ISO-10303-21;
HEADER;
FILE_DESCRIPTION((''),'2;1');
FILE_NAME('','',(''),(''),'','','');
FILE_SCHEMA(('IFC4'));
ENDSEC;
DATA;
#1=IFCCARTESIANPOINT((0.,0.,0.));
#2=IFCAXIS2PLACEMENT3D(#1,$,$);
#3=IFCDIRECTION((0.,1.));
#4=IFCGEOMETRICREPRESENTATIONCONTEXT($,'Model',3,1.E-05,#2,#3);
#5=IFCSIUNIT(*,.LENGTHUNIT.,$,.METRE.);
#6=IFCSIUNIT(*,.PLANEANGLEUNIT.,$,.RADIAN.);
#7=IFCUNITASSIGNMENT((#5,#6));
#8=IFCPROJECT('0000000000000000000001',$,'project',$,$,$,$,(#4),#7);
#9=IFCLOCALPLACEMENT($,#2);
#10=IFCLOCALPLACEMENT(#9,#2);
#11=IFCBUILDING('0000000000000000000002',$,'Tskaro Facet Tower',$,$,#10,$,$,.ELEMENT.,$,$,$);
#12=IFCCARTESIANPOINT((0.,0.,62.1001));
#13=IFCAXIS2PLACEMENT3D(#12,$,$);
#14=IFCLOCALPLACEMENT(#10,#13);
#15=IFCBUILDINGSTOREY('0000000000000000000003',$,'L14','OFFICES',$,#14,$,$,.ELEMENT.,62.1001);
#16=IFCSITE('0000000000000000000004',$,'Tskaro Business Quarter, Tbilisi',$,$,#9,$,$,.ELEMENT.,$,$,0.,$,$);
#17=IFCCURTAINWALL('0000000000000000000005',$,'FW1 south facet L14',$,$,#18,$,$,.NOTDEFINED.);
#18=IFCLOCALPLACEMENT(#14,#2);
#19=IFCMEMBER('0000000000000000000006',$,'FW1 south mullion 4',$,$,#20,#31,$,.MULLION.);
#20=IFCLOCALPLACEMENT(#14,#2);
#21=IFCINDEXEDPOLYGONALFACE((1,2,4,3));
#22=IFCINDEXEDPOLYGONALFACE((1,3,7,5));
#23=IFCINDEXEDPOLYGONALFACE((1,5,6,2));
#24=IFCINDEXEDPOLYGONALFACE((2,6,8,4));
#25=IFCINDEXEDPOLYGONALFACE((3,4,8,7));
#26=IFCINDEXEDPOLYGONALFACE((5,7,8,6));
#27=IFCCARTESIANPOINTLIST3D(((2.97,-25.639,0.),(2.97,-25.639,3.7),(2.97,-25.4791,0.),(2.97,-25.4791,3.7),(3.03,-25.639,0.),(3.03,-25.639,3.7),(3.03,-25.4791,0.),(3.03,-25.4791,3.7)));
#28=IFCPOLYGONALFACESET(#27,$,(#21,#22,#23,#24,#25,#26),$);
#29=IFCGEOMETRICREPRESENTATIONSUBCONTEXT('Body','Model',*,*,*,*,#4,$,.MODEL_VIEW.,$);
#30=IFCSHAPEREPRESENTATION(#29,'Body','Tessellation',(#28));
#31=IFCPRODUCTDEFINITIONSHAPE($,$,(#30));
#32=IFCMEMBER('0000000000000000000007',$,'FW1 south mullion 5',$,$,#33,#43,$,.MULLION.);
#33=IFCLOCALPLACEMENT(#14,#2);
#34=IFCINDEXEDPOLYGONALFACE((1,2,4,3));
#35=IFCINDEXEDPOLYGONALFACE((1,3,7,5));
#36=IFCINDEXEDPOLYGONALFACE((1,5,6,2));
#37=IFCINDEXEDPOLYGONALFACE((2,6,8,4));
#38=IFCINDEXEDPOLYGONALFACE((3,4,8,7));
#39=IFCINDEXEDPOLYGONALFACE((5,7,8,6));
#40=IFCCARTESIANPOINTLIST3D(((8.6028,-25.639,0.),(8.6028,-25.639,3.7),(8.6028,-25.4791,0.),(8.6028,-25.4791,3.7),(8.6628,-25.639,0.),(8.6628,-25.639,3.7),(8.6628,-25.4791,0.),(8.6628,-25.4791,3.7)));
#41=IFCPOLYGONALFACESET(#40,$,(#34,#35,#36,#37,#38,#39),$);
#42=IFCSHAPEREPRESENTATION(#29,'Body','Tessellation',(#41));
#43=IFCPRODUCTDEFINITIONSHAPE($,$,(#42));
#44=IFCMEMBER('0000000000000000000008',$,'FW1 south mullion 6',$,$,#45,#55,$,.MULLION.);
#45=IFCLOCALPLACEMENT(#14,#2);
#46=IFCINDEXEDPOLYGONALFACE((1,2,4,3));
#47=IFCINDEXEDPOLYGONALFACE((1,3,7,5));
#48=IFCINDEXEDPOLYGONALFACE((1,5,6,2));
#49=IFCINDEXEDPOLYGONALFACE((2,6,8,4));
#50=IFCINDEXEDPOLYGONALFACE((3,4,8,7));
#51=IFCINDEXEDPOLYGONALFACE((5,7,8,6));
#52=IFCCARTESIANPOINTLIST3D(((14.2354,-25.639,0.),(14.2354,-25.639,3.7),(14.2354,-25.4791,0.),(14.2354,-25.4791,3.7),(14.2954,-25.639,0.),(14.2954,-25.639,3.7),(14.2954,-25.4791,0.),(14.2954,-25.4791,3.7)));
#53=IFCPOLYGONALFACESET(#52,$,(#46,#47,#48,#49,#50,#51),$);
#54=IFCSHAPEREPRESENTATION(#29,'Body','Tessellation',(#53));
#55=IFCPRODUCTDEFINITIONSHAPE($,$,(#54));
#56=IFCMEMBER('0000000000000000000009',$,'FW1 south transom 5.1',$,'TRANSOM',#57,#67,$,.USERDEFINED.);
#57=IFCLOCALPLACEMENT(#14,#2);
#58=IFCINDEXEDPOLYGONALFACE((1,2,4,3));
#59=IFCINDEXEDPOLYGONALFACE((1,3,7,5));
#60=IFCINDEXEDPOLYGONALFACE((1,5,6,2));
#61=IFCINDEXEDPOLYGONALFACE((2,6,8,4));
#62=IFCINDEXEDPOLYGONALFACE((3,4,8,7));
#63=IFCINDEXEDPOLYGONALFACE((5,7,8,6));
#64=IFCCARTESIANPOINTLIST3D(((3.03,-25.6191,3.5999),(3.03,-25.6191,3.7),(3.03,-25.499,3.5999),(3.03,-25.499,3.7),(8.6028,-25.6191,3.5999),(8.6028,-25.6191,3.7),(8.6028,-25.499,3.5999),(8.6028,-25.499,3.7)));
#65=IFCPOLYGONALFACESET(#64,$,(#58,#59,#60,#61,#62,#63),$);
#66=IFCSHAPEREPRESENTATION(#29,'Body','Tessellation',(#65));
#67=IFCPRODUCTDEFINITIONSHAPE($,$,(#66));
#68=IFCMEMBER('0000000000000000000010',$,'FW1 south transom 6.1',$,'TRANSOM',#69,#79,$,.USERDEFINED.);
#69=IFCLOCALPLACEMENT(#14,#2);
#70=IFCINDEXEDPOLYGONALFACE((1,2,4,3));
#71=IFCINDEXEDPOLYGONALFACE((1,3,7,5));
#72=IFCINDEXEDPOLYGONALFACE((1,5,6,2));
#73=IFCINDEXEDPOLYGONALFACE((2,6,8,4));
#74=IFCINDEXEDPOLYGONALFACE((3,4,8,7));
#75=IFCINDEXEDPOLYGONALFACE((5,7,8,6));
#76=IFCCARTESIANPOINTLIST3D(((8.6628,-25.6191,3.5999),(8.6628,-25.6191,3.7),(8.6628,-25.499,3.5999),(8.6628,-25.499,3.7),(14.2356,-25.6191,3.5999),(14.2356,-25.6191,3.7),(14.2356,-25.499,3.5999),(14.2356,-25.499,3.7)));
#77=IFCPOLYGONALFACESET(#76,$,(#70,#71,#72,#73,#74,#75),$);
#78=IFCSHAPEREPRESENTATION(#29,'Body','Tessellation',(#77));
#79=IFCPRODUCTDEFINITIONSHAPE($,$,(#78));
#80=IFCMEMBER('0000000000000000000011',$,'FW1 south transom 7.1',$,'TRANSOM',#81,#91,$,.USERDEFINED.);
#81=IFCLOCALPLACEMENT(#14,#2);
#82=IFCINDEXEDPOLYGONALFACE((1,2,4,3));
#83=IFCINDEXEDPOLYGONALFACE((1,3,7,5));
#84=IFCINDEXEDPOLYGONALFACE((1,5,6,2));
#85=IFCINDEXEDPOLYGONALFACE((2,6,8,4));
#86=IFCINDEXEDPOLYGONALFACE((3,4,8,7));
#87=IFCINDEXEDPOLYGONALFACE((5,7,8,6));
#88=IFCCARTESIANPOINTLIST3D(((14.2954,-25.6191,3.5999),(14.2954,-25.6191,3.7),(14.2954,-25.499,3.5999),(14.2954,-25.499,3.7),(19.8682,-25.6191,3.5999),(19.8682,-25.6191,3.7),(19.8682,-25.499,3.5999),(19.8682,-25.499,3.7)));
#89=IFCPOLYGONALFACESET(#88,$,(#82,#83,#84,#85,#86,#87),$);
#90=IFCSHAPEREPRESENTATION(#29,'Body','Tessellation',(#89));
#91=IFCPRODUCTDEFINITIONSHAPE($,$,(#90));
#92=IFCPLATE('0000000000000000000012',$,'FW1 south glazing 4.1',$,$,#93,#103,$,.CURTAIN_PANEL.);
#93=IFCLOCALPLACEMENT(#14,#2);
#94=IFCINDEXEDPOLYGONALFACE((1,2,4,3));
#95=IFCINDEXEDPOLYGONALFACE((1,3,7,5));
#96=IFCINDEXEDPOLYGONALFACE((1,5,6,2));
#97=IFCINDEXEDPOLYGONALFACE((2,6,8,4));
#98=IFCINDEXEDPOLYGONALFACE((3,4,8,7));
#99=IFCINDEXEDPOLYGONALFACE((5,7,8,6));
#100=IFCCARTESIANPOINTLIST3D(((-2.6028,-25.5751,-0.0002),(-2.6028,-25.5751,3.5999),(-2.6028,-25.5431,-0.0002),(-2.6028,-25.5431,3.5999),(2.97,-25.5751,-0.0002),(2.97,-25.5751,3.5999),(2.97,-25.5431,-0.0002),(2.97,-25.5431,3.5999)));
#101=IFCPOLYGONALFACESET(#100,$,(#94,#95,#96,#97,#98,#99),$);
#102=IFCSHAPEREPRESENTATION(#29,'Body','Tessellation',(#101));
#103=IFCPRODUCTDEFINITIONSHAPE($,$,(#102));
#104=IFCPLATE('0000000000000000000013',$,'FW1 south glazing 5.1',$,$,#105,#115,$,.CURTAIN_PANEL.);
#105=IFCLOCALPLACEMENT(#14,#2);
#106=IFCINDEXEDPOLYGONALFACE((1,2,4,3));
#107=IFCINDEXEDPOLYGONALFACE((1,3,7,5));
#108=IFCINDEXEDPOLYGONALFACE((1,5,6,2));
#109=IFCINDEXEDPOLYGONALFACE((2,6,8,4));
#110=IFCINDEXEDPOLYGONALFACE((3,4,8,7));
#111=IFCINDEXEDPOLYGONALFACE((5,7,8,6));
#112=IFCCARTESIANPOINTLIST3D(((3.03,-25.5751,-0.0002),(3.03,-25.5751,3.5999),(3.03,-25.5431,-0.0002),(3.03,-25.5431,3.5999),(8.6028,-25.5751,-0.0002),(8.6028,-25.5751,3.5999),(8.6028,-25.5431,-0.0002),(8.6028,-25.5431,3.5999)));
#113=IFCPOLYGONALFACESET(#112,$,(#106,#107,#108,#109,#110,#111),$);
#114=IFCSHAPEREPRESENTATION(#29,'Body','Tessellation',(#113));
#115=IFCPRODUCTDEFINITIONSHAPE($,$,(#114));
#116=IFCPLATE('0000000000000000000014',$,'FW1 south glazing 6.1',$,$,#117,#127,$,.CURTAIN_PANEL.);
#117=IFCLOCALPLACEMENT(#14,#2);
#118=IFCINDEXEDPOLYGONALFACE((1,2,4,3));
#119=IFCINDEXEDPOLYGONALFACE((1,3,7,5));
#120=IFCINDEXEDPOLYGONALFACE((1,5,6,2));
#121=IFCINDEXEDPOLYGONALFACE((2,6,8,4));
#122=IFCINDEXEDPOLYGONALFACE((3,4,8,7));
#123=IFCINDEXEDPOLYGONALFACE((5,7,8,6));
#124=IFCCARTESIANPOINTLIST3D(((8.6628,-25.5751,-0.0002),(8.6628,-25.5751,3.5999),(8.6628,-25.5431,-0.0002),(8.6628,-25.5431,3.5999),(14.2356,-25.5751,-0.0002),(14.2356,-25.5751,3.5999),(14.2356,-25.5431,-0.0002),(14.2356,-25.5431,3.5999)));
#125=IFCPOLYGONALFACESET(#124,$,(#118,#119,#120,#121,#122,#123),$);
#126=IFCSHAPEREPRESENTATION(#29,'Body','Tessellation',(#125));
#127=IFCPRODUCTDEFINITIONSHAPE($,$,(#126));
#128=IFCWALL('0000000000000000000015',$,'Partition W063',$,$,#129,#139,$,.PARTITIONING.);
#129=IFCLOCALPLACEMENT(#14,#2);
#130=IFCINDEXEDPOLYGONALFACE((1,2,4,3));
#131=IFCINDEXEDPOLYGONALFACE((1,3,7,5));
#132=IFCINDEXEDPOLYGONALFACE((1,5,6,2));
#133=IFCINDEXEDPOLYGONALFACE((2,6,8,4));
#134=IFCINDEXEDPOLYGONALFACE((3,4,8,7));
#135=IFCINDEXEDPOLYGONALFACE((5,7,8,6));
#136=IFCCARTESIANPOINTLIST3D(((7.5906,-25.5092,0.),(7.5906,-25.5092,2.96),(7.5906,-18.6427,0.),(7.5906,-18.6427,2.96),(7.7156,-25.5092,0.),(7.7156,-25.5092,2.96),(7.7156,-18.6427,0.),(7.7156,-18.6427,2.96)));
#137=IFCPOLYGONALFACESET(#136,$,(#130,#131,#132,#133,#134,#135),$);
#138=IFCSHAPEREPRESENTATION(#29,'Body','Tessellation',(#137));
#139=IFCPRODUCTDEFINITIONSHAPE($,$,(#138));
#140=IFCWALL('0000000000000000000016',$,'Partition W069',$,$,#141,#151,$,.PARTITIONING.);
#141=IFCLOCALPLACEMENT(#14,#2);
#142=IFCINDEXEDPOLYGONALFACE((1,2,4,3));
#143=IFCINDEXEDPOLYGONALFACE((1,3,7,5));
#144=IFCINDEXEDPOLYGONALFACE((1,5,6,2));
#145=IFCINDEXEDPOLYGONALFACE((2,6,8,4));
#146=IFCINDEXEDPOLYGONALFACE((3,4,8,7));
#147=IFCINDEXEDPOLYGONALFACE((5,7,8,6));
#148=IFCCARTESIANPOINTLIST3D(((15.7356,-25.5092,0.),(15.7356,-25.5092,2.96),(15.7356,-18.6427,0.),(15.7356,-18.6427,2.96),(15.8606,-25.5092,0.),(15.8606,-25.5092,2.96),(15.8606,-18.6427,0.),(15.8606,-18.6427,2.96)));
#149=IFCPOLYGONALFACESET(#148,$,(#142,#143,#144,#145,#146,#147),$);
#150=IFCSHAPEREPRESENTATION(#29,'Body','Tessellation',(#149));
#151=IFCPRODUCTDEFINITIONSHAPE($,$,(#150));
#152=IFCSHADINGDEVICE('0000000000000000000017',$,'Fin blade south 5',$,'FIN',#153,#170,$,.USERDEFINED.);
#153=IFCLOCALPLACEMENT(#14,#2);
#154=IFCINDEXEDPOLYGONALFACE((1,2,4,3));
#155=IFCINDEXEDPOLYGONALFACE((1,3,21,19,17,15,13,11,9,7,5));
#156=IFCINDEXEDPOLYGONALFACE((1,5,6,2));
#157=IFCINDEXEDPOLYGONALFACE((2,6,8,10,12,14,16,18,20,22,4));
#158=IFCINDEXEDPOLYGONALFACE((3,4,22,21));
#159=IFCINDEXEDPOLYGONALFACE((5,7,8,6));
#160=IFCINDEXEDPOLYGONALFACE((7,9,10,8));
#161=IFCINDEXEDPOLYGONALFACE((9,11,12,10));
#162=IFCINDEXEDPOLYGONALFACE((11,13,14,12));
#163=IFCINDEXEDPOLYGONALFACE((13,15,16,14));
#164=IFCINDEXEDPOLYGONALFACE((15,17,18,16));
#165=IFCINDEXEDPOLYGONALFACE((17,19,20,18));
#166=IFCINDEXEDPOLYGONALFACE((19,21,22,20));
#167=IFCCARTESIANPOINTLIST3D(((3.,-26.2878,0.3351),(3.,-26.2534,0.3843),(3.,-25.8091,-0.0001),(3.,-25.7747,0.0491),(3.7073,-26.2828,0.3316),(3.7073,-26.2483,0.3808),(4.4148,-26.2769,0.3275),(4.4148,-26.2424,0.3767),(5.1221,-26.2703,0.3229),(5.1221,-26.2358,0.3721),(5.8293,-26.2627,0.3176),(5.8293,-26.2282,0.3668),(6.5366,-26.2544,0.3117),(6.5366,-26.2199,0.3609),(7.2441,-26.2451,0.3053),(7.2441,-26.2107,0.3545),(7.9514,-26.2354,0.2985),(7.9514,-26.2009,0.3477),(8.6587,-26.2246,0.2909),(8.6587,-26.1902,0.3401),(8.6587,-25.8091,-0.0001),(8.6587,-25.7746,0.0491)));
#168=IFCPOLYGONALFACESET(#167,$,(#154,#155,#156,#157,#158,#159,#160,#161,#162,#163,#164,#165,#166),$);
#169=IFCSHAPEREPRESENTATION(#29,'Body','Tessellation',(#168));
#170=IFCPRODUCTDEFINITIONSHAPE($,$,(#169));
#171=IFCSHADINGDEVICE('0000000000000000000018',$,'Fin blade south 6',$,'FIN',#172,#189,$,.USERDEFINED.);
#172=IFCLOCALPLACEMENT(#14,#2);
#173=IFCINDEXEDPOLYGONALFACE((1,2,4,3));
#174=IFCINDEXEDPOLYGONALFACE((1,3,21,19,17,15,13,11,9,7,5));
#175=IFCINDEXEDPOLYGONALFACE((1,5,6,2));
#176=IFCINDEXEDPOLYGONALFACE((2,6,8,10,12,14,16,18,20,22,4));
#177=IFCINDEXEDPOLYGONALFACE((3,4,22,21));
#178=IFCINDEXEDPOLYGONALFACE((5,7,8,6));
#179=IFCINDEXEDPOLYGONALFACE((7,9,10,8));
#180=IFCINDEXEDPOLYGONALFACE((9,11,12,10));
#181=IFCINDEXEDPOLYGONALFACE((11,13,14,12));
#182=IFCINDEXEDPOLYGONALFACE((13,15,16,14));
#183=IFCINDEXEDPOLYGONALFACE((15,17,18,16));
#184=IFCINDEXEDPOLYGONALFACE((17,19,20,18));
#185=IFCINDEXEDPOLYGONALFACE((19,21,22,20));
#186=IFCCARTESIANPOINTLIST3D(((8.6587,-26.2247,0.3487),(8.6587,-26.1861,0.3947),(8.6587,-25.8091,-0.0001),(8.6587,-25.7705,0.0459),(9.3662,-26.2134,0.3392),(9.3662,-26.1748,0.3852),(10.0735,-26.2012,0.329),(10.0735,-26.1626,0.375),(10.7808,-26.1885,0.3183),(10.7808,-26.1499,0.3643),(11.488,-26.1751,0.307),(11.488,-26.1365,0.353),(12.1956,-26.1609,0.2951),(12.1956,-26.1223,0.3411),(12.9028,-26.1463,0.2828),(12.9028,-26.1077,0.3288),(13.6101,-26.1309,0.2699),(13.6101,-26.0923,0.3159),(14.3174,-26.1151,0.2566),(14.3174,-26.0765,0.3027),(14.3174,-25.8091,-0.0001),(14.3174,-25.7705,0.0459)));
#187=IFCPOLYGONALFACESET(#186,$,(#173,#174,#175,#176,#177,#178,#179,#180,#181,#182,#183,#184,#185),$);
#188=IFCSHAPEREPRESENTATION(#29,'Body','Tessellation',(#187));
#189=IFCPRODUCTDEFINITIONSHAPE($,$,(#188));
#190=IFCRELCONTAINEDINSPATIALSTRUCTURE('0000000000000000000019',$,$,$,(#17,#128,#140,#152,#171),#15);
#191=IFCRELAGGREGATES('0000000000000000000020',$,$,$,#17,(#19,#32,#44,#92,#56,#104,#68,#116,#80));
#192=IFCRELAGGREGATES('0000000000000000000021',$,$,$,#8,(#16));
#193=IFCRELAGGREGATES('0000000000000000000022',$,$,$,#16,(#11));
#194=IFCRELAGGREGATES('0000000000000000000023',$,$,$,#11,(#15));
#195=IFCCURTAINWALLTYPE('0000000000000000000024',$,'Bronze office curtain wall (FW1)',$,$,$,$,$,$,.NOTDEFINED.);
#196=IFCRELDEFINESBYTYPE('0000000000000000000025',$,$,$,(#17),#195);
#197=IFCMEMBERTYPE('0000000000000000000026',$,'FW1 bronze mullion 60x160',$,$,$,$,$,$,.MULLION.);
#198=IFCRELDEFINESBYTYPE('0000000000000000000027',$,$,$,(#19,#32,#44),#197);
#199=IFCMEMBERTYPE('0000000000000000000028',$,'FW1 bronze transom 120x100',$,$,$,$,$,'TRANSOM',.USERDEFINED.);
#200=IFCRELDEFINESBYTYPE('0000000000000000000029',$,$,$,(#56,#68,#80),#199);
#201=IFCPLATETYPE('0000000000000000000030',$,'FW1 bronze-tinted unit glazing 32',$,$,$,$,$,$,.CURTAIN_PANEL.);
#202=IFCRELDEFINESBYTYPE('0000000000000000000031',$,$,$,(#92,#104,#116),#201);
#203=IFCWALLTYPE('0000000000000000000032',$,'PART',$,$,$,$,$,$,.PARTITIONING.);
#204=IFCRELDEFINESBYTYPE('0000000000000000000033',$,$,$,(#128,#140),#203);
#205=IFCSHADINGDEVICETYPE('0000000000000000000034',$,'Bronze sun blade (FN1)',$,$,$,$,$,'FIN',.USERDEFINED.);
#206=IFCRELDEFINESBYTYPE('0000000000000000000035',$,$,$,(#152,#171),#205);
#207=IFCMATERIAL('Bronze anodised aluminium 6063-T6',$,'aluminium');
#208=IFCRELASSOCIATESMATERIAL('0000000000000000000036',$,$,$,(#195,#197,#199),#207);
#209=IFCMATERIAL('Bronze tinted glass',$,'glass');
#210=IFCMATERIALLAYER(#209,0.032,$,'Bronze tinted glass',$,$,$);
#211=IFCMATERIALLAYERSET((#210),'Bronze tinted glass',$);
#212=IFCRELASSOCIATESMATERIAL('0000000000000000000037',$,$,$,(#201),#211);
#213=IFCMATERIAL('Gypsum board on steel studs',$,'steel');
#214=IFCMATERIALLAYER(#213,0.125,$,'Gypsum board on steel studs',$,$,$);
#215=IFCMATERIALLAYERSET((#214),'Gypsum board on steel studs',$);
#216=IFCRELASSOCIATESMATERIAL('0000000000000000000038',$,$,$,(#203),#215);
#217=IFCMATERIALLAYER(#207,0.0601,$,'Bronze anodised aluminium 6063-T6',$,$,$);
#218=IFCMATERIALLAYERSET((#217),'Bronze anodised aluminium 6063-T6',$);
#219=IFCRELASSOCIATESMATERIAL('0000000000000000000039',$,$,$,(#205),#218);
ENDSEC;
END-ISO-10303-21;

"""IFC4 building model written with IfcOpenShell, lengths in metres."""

from ifc_helpers import new_model, si_unit, direction, frame, frame_2d, origin, origin_2d, place, context, subcontext, project, spatial, polyline, rectangle, outline, extrude, material, layer, layer_set, material_profile, profile_set, type_object, element, aggregate, save


model = new_model("IFC4")

# Units and contexts
model_context = context("Model", 3, precision=1e-05, world=origin(), true_north=direction((0.0, 1.0)))
body_context = subcontext(model_context, "Body", "Model", "MODEL_VIEW")
ifc_project = project(units=[si_unit("LENGTHUNIT", "METRE"), si_unit("PLANEANGLEUNIT", "RADIAN")], contexts=[model_context])

# Site, building, storey
site_placement = place(None, origin())
site = spatial("IfcSite", under=ifc_project, at=site_placement, Name="Tskaro Business Quarter, Tbilisi", CompositionType="ELEMENT", RefElevation=0.0)
building_placement = place(site_placement, origin())
building = spatial("IfcBuilding", under=site, at=building_placement, Name="Tskaro Facet Tower", CompositionType="ELEMENT")
storey_placement = place(building_placement, frame((0.0, 0.0, 62.1001)))
storey = spatial("IfcBuildingStorey", under=building, at=storey_placement, Name="L14", Description="OFFICES", CompositionType="ELEMENT", Elevation=62.1001)

# Curtain wall, members, plates
ifc_material_1 = material(Name="Bronze anodised aluminium 6063-T6", Category="aluminium")
curtain_wall_type = type_object("IfcCurtainWallType", Name="Bronze office curtain wall (FW1)", PredefinedType="NOTDEFINED", material=ifc_material_1)
curtain_wall_placement = place(storey_placement, origin())
curtain_wall = element("IfcCurtainWall", 1, at=curtain_wall_placement, inside=storey, type_object=curtain_wall_type, Name="FW1 south facet L14", PredefinedType="NOTDEFINED")
ifc_material_profile_1 = material_profile(ifc_material_1, rectangle(XDim=0.0601, YDim=0.1599, at=origin_2d()), Name="Mullion 60x160")
ifc_profile_set_1 = profile_set([ifc_material_profile_1], Name="Bronze anodised aluminium 6063-T6")
member_type_1 = type_object("IfcMemberType", Name="FW1 bronze mullion 60x160", PredefinedType="MULLION", material=ifc_profile_set_1)
member_1_placement = place(storey_placement, frame((3.0, -25.5591, 0.0), z_axis=(0.0, 0.0, 1.0), x_axis=(1.0, 0.0, 0.0)))
member_1 = element("IfcMember", 2, at=member_1_placement, type_object=member_type_1, Name="FW1 south mullion 4", PredefinedType="MULLION", context=body_context, shape_type="SweptSolid", body=[
    extrude(rectangle(XDim=0.0601, YDim=0.1599, at=origin_2d()), origin(), (0.0, 0.0, 1.0), 3.7),
])
member_2_placement = place(storey_placement, frame((8.6328, -25.5591, 0.0), z_axis=(0.0, 0.0, 1.0), x_axis=(1.0, 0.0, 0.0)))
member_2 = element("IfcMember", 3, at=member_2_placement, type_object=member_type_1, Name="FW1 south mullion 5", PredefinedType="MULLION", context=body_context, shape_type="SweptSolid", body=[
    extrude(rectangle(XDim=0.0601, YDim=0.1599, at=origin_2d()), origin(), (0.0, 0.0, 1.0), 3.7),
])
member_3_placement = place(storey_placement, frame((14.2654, -25.5591, 0.0), z_axis=(0.0, 0.0, 1.0), x_axis=(1.0, 0.0, 0.0)))
member_3 = element("IfcMember", 4, at=member_3_placement, type_object=member_type_1, Name="FW1 south mullion 6", PredefinedType="MULLION", context=body_context, shape_type="SweptSolid", body=[
    extrude(rectangle(XDim=0.0601, YDim=0.1599, at=origin_2d()), origin(), (0.0, 0.0, 1.0), 3.7),
])
ifc_material_profile_2 = material_profile(ifc_material_1, rectangle(XDim=0.1201, YDim=0.1001, at=origin_2d()), Name="Transom 120x100")
ifc_profile_set_2 = profile_set([ifc_material_profile_2], Name="Bronze anodised aluminium 6063-T6")
member_type_2 = type_object("IfcMemberType", Name="FW1 bronze transom 120x100", ElementType="TRANSOM", PredefinedType="USERDEFINED", material=ifc_profile_set_2)
member_4_placement = place(storey_placement, frame((3.03, -25.5591, 3.6499), z_axis=(1.0, 0.0, 0.0), x_axis=(0.0, 1.0, 0.0)))
member_4 = element("IfcMember", 5, at=member_4_placement, type_object=member_type_2, Name="FW1 south transom 5.1", ObjectType="TRANSOM", PredefinedType="USERDEFINED", context=body_context, shape_type="SweptSolid", body=[
    extrude(rectangle(XDim=0.1201, YDim=0.1001, at=origin_2d()), origin(), (0.0, 0.0, 1.0), 5.5728),
])
member_5_placement = place(storey_placement, frame((8.6628, -25.5591, 3.6499), z_axis=(1.0, 0.0, 0.0), x_axis=(0.0, 1.0, 0.0)))
member_5 = element("IfcMember", 6, at=member_5_placement, type_object=member_type_2, Name="FW1 south transom 6.1", ObjectType="TRANSOM", PredefinedType="USERDEFINED", context=body_context, shape_type="SweptSolid", body=[
    extrude(rectangle(XDim=0.1201, YDim=0.1001, at=origin_2d()), origin(), (0.0, 0.0, 1.0), 5.5728),
])
member_6_placement = place(storey_placement, frame((14.2954, -25.5591, 3.6499), z_axis=(1.0, 0.0, 0.0), x_axis=(0.0, 1.0, 0.0)))
member_6 = element("IfcMember", 7, at=member_6_placement, type_object=member_type_2, Name="FW1 south transom 7.1", ObjectType="TRANSOM", PredefinedType="USERDEFINED", context=body_context, shape_type="SweptSolid", body=[
    extrude(rectangle(XDim=0.1201, YDim=0.1001, at=origin_2d()), origin(), (0.0, 0.0, 1.0), 5.5728),
])
ifc_material_2 = material(Name="Bronze tinted glass", Category="glass")
ifc_layer_1 = layer(ifc_material_2, 0.032, Name="Bronze tinted glass")
ifc_layer_set_1 = layer_set([ifc_layer_1], Name="Bronze tinted glass")
plate_type = type_object("IfcPlateType", Name="FW1 bronze-tinted unit glazing 32", PredefinedType="CURTAIN_PANEL", material=ifc_layer_set_1)
plate_1_placement = place(storey_placement, frame((0.1836, -25.5591, -0.0002), z_axis=(0.0, 0.0, 1.0), x_axis=(1.0, 0.0, 0.0)))
plate_1 = element("IfcPlate", 8, at=plate_1_placement, type_object=plate_type, Name="FW1 south glazing 4.1", PredefinedType="CURTAIN_PANEL", context=body_context, shape_type="SweptSolid", body=[
    extrude(rectangle(XDim=5.5728, YDim=0.032, at=origin_2d()), origin(), (0.0, 0.0, 1.0), 3.6001),
])
plate_2_placement = place(storey_placement, frame((5.8164, -25.5591, -0.0002), z_axis=(0.0, 0.0, 1.0), x_axis=(1.0, 0.0, 0.0)))
plate_2 = element("IfcPlate", 9, at=plate_2_placement, type_object=plate_type, Name="FW1 south glazing 5.1", PredefinedType="CURTAIN_PANEL", context=body_context, shape_type="SweptSolid", body=[
    extrude(rectangle(XDim=5.5728, YDim=0.032, at=origin_2d()), origin(), (0.0, 0.0, 1.0), 3.6001),
])
plate_3_placement = place(storey_placement, frame((11.4492, -25.5591, -0.0002), z_axis=(0.0, 0.0, 1.0), x_axis=(1.0, 0.0, 0.0)))
plate_3 = element("IfcPlate", 10, at=plate_3_placement, type_object=plate_type, Name="FW1 south glazing 6.1", PredefinedType="CURTAIN_PANEL", context=body_context, shape_type="SweptSolid", body=[
    extrude(rectangle(XDim=5.5728, YDim=0.032, at=origin_2d()), origin(), (0.0, 0.0, 1.0), 3.6001),
])
aggregate(curtain_wall, [member_1, member_2, member_3, plate_1, member_4, plate_2, member_5, plate_3, member_6])

# Walls
ifc_material_3 = material(Name="Gypsum board on steel studs", Category="steel")
ifc_layer_2 = layer(ifc_material_3, 0.125, Name="Gypsum board on steel studs")
ifc_layer_set_2 = layer_set([ifc_layer_2], Name="Gypsum board on steel studs")
wall_type = type_object("IfcWallType", Name="PART", PredefinedType="PARTITIONING", material=ifc_layer_set_2)
for number, where, z_axis, x_axis, name in (
    (11, (7.6531, -25.509, 0.0), (0.0, 0.0, 1.0), (0.0, 1.0, 0.0), "Partition W063"),
    (12, (15.7981, -25.509, 0.0), (0.0, 0.0, 1.0), (0.0, 1.0, 0.0), "Partition W069"),
):
    element("IfcWall", number, at=place(storey_placement, frame(where, z_axis=z_axis, x_axis=x_axis)), inside=storey, type_object=wall_type, Name=name, PredefinedType="PARTITIONING", context=body_context, shape_type="SweptSolid", body=[
        extrude(rectangle(XDim=6.8665, YDim=0.125, at=frame_2d((3.4331, 0.0))), origin(), (0.0, 0.0, 1.0), 2.96),
    ])

# Shading devices
ifc_layer_3 = layer(ifc_material_1, 0.0601, Name="Bronze anodised aluminium 6063-T6")
ifc_layer_set_3 = layer_set([ifc_layer_3], Name="Bronze anodised aluminium 6063-T6")
shading_device_type = type_object("IfcShadingDeviceType", Name="Bronze sun blade (FN1)", ElementType="FIN", PredefinedType="USERDEFINED", material=ifc_layer_set_3)
shading_device_1_placement = place(storey_placement, frame((3.0, -25.7747, 0.0491), z_axis=(-0.000007, 0.573654, 0.819098), x_axis=(1.0, 0.000004, 0.000006)))
element("IfcShadingDevice", 13, at=shading_device_1_placement, inside=storey, type_object=shading_device_type, Name="Fin blade south 5", ObjectType="FIN", PredefinedType="USERDEFINED", context=body_context, shape_type="SweptSolid", body=[
    extrude(outline(polyline([(0.0, 0.0), (5.6587, 0.0), (5.6587, -0.5073), (4.9514, -0.5204), (4.2441, -0.5324), (3.5366, -0.5436), (2.8293, -0.5538), (2.1221, -0.563), (1.4148, -0.5711), (0.7073, -0.5783), (0.0, -0.5844), (0.0, 0.0)])), origin(), (0.0, 0.0, -1.0), 0.0601),
])
shading_device_2_placement = place(storey_placement, frame((8.6587, -25.7705, 0.0459), z_axis=(0.000005, 0.642861, 0.765983), x_axis=(1.0, -0.000003, -0.000004)))
element("IfcShadingDevice", 14, at=shading_device_2_placement, inside=storey, type_object=shading_device_type, Name="Fin blade south 6", ObjectType="FIN", PredefinedType="USERDEFINED", context=body_context, shape_type="SweptSolid", body=[
    extrude(outline(polyline([(0.0, 0.0), (5.6587, 0.0), (5.6587, -0.3994), (4.9514, -0.4201), (4.2441, -0.4402), (3.5369, -0.4592), (2.8293, -0.4778), (2.1221, -0.4953), (1.4148, -0.5119), (0.7075, -0.5278), (0.0, -0.5426), (0.0, 0.0)])), origin(), (0.0, 0.0, -1.0), 0.0601),
])

save(model, "model.ifc")
